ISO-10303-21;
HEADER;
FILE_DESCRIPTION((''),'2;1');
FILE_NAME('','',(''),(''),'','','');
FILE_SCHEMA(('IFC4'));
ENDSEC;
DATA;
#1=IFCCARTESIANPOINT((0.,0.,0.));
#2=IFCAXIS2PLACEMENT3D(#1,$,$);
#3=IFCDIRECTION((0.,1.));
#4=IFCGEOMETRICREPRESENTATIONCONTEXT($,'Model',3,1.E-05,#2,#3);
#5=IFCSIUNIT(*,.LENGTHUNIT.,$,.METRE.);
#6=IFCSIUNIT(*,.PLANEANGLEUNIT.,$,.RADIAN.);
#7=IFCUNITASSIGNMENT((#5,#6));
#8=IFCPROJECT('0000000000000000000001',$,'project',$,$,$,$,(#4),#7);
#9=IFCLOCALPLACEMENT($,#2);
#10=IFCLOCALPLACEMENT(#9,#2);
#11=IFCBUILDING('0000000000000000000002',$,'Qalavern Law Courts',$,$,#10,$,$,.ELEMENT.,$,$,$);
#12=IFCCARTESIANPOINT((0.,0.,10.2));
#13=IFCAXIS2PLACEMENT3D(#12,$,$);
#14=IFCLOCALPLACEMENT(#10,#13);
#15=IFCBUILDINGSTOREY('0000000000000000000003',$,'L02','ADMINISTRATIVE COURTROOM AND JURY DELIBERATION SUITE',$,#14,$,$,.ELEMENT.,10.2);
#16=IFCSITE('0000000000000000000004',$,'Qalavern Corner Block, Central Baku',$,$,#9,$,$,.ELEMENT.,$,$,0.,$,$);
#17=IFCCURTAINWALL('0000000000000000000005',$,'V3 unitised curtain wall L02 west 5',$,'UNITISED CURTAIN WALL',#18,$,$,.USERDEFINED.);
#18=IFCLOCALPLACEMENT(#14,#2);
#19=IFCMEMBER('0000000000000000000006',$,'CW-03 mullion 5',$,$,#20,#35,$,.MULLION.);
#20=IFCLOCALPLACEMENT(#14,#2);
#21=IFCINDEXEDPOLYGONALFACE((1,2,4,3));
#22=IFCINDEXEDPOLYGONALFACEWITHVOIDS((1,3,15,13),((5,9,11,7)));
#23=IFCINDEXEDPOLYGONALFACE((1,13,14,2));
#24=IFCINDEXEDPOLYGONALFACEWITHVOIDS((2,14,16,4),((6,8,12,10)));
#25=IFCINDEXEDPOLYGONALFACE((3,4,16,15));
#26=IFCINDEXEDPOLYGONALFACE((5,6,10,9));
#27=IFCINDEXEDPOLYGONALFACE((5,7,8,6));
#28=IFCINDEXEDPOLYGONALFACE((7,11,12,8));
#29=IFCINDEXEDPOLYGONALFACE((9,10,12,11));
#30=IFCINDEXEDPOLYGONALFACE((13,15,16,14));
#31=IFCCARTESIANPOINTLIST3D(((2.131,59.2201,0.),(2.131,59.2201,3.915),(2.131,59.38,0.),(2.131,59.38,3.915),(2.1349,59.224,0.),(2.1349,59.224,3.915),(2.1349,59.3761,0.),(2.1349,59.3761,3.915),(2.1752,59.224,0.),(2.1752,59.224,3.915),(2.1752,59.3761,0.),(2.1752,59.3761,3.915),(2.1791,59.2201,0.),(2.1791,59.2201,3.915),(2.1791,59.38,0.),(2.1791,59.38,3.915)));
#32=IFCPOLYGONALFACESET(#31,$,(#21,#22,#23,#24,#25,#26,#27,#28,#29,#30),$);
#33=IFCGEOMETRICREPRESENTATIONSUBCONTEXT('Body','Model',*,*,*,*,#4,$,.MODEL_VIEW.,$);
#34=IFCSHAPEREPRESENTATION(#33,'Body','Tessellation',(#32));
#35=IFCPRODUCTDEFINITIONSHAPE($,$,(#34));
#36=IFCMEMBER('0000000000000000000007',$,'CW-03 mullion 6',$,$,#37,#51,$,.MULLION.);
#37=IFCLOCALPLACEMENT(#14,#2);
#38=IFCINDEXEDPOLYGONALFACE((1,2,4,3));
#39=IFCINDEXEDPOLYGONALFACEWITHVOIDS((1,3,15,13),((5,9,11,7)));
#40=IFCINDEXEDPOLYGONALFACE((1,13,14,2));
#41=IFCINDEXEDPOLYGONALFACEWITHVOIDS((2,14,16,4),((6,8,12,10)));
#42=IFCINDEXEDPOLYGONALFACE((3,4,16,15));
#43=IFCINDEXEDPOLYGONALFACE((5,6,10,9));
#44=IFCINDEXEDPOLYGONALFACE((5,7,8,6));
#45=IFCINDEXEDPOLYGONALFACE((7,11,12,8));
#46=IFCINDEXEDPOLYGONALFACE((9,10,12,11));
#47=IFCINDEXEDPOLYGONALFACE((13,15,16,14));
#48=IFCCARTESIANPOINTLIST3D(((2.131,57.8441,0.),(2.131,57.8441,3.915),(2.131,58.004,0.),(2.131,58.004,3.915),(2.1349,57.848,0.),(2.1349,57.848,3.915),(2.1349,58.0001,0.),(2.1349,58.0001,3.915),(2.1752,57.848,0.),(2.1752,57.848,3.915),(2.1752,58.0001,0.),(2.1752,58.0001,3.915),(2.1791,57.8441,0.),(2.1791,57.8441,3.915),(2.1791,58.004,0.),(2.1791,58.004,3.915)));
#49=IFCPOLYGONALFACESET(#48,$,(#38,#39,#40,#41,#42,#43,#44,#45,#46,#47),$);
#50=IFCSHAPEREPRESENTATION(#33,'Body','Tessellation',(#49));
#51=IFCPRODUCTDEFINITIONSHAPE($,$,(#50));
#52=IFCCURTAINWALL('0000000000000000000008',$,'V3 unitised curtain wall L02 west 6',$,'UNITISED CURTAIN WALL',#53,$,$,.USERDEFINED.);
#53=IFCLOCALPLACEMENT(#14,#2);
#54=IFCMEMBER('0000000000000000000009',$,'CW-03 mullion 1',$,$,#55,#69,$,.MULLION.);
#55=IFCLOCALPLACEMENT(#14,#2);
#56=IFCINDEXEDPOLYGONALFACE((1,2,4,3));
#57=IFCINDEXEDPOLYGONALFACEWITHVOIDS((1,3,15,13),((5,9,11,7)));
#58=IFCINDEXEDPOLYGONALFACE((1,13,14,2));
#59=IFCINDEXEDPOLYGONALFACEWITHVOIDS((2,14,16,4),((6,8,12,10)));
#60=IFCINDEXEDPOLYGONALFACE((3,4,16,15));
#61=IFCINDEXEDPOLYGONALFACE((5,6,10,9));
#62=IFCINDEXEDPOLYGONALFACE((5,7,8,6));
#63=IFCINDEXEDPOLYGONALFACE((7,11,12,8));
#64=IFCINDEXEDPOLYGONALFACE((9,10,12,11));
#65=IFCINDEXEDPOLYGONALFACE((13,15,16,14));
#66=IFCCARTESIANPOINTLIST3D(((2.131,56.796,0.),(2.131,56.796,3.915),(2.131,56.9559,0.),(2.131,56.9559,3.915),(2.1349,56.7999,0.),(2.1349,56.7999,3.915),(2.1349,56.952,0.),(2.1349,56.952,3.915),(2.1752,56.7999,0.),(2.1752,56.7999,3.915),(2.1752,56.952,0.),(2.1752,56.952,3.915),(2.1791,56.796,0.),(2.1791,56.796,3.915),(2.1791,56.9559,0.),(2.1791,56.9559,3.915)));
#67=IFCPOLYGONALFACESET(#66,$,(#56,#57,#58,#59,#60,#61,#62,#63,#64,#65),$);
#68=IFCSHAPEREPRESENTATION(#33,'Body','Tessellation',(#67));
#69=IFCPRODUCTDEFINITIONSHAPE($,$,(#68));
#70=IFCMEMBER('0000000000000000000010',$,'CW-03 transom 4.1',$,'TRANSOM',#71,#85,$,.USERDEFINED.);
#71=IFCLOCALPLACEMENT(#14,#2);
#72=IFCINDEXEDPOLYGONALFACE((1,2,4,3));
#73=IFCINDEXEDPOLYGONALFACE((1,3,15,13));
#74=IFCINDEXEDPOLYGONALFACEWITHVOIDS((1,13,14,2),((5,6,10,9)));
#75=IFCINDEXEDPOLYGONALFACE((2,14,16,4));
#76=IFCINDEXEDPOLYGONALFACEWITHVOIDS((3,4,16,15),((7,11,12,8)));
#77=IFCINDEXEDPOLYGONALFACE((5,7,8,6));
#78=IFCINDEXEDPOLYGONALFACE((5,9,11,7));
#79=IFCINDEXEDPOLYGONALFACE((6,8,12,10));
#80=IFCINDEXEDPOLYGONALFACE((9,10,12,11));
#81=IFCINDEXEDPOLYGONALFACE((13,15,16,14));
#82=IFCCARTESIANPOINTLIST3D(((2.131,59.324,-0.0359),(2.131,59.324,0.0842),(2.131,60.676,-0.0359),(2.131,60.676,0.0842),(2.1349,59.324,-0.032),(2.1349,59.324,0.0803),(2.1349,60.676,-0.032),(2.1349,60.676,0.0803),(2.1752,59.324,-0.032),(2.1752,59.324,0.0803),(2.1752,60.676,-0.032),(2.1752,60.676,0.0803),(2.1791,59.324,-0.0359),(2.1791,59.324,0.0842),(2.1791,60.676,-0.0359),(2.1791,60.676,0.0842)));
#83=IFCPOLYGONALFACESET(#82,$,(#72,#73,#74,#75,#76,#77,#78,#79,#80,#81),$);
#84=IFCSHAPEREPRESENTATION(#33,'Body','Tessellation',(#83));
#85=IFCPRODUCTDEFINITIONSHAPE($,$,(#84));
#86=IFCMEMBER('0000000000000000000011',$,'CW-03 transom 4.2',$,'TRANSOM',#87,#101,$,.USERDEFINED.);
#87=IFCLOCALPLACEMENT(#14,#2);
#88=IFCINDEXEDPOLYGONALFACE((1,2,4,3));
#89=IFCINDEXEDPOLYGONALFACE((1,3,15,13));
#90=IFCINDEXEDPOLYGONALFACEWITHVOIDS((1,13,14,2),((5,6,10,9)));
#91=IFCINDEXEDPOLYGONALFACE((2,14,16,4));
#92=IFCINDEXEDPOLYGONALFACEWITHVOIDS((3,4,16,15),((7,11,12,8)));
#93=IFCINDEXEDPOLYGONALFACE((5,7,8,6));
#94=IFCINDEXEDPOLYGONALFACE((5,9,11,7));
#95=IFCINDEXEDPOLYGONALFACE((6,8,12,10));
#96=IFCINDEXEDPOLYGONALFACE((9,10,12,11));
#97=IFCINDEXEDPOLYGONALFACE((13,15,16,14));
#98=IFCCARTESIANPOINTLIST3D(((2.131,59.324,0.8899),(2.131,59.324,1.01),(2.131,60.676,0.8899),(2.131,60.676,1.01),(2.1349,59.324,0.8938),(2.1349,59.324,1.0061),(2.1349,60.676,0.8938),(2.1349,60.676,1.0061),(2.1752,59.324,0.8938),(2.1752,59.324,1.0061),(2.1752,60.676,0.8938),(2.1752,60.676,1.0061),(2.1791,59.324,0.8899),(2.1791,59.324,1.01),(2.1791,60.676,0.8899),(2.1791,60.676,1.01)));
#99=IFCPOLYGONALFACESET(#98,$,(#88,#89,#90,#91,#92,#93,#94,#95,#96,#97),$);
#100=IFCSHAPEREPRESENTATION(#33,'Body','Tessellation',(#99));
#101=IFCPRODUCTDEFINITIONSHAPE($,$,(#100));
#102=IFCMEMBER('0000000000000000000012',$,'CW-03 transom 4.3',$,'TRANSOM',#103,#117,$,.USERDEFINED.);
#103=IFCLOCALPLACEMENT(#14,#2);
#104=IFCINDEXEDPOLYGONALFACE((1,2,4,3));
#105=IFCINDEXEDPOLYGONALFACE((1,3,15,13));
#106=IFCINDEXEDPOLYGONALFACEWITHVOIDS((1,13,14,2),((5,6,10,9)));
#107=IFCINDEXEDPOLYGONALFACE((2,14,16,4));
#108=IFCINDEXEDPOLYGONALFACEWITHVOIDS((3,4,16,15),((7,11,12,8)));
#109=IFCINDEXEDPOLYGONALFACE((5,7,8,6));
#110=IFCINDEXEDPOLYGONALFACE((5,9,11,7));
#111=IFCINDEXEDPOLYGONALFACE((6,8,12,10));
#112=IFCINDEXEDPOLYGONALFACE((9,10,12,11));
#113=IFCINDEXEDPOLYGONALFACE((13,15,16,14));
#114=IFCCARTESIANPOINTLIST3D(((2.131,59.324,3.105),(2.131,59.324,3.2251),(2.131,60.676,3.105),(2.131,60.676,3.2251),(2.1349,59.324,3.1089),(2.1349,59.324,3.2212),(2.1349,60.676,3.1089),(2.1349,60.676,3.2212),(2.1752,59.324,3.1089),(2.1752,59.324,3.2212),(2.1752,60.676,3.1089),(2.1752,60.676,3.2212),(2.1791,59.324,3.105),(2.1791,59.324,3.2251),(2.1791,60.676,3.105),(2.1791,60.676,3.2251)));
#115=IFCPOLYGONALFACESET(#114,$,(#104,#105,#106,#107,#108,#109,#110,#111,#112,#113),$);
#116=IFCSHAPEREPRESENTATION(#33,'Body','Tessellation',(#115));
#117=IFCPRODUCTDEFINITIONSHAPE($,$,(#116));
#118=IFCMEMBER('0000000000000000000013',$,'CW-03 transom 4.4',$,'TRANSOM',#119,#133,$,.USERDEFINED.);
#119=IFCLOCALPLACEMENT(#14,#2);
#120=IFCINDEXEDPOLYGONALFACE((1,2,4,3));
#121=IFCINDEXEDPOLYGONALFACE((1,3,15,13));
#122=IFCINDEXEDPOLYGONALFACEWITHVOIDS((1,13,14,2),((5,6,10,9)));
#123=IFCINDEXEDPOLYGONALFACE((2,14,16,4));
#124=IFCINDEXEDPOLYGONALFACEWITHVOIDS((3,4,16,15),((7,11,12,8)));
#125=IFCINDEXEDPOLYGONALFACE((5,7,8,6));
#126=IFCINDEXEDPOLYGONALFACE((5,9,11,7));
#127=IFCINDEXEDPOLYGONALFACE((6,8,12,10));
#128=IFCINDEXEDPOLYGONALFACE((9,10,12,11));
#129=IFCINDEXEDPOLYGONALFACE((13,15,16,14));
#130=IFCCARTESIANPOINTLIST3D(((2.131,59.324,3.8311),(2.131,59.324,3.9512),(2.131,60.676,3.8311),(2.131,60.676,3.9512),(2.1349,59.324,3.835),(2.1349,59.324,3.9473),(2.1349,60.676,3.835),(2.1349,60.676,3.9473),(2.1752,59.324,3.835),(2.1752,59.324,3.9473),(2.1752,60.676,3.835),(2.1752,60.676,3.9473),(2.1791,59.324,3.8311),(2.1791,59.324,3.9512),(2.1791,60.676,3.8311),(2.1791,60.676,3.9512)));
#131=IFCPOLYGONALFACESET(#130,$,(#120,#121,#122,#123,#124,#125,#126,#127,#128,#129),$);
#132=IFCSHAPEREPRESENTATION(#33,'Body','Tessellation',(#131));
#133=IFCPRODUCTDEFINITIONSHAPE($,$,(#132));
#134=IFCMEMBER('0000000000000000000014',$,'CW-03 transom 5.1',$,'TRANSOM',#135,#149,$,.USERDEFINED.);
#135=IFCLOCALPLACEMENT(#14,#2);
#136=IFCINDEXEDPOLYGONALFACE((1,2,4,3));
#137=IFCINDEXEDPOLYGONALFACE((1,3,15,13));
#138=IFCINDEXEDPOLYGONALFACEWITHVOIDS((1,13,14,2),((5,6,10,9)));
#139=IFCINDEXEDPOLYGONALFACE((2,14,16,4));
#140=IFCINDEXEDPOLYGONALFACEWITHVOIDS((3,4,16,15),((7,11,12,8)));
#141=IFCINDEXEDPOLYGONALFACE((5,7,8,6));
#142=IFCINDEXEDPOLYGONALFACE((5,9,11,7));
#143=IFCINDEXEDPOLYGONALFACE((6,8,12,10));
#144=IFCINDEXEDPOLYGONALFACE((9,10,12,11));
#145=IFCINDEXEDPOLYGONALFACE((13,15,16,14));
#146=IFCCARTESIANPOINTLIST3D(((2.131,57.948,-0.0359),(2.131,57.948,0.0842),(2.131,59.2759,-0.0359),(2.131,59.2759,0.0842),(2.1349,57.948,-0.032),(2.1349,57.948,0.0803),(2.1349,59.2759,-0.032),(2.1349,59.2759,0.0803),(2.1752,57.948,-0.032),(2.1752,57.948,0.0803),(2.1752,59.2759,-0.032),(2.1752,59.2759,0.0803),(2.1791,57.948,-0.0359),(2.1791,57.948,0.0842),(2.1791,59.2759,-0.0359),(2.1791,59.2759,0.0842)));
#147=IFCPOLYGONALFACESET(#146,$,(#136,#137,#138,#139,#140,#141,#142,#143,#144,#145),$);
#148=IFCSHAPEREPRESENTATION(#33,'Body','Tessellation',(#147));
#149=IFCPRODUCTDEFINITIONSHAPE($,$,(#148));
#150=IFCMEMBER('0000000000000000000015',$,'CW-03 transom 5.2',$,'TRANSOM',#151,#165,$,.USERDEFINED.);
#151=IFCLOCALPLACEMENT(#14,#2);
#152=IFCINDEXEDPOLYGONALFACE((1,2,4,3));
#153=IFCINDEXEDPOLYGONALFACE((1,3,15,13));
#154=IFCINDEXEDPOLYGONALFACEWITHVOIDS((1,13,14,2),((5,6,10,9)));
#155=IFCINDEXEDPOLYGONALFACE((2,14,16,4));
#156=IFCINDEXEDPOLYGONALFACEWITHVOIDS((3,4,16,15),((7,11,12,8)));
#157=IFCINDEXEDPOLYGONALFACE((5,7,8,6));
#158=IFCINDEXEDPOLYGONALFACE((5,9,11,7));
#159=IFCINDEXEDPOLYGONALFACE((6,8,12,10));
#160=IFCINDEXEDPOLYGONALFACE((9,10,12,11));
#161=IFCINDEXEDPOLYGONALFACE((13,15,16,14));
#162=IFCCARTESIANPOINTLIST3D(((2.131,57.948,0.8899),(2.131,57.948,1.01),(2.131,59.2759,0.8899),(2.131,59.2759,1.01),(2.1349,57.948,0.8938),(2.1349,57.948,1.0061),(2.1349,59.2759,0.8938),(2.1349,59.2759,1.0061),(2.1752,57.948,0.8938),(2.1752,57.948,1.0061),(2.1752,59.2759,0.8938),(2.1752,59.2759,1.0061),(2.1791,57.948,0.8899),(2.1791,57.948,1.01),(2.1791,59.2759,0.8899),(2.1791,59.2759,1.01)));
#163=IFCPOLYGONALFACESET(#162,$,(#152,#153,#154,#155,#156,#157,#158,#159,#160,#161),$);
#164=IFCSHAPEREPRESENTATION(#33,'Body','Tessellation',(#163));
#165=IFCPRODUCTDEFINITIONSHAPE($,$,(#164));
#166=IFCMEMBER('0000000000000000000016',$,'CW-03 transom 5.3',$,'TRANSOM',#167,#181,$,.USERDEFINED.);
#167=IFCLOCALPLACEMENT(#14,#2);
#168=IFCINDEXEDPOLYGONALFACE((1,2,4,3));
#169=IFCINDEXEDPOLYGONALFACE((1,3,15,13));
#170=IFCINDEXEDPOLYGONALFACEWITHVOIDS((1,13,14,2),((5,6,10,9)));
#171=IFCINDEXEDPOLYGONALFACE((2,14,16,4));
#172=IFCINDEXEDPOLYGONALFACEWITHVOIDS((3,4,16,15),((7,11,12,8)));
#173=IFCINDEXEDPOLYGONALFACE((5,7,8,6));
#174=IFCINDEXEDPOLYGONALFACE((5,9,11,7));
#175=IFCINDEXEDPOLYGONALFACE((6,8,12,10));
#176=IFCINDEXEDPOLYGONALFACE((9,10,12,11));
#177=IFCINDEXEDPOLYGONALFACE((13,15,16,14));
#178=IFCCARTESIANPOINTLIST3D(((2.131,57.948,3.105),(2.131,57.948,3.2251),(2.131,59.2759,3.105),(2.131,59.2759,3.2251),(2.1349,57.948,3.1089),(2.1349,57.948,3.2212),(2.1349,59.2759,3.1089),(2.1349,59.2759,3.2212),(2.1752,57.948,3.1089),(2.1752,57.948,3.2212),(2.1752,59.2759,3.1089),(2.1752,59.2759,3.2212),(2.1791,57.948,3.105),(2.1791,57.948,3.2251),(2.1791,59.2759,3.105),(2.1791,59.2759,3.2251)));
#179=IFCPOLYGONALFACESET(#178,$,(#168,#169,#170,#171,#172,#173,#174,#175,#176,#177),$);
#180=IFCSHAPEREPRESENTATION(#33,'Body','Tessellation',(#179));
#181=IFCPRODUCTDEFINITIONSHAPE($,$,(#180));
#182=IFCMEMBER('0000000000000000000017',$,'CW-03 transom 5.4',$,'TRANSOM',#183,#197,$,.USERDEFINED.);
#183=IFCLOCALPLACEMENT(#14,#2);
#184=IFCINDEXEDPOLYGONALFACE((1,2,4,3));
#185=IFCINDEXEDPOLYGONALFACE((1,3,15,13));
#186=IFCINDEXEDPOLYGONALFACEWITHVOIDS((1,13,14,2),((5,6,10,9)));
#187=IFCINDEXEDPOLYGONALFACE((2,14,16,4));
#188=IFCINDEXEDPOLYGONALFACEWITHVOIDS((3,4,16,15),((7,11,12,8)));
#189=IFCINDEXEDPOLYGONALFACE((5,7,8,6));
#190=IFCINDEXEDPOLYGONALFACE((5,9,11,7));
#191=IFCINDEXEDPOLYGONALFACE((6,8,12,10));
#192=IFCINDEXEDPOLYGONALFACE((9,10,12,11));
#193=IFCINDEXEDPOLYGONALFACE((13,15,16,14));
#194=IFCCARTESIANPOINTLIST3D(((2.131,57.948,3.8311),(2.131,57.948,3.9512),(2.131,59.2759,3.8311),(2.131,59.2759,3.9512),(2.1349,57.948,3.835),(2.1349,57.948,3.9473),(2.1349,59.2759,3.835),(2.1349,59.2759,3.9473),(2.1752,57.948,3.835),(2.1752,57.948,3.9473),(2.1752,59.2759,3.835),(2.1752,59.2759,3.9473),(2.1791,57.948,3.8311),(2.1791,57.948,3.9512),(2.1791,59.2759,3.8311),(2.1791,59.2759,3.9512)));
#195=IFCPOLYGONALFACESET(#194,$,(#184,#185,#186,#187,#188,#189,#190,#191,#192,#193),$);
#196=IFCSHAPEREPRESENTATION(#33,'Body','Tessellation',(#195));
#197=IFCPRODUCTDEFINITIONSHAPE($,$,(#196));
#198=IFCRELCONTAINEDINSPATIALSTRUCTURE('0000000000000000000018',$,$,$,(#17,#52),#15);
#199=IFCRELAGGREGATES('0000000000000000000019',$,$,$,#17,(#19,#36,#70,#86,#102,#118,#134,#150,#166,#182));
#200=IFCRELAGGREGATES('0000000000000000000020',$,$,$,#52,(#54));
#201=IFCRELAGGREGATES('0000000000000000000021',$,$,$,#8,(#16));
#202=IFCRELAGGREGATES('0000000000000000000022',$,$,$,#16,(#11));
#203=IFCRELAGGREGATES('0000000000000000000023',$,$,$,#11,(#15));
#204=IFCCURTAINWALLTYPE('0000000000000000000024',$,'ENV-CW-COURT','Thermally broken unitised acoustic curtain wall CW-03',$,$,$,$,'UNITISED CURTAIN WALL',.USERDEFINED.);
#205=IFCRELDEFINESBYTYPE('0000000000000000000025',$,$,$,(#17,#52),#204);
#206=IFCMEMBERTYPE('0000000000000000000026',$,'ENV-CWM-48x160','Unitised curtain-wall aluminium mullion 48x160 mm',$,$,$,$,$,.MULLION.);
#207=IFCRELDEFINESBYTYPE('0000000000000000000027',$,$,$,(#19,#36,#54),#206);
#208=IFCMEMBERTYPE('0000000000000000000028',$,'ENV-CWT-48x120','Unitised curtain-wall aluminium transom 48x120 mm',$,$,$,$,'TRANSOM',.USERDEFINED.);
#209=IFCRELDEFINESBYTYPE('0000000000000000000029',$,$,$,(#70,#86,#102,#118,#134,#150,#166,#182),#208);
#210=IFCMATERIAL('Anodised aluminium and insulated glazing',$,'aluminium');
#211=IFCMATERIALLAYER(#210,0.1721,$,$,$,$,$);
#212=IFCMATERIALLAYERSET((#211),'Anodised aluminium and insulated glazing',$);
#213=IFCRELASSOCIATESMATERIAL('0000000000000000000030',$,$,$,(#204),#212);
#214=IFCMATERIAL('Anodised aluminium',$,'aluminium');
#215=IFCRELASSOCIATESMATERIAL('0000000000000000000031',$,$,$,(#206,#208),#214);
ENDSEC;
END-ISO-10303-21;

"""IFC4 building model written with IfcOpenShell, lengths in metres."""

from ifc_helpers import new_model, si_unit, direction, frame, origin, origin_2d, place, context, subcontext, project, spatial, hollow_rectangle, extrude, material, layer, layer_set, material_profile, profile_set, type_object, element, aggregate, save


model = new_model("IFC4")

# Units and contexts
model_context = context("Model", 3, precision=1e-05, world=origin(), true_north=direction((0.0, 1.0)))
body_context = subcontext(model_context, "Body", "Model", "MODEL_VIEW")
ifc_project = project(units=[si_unit("LENGTHUNIT", "METRE"), si_unit("PLANEANGLEUNIT", "RADIAN")], contexts=[model_context])

# Site, building, storey
site_placement = place(None, origin())
site = spatial("IfcSite", under=ifc_project, at=site_placement, Name="Qalavern Corner Block, Central Baku", CompositionType="ELEMENT", RefElevation=0.0)
building_placement = place(site_placement, origin())
building = spatial("IfcBuilding", under=site, at=building_placement, Name="Qalavern Law Courts", CompositionType="ELEMENT")
storey_placement = place(building_placement, frame((0.0, 0.0, 10.2)))
storey = spatial("IfcBuildingStorey", under=building, at=storey_placement, Name="L02", Description="ADMINISTRATIVE COURTROOM AND JURY DELIBERATION SUITE", CompositionType="ELEMENT", Elevation=10.2)

# Curtain wall, members
ifc_material_1 = material(Name="Anodised aluminium and insulated glazing", Category="aluminium")
ifc_layer_1 = layer(ifc_material_1, 0.1721)
ifc_layer_set_1 = layer_set([ifc_layer_1], Name="Anodised aluminium and insulated glazing")
curtain_wall_type = type_object("IfcCurtainWallType", Name="ENV-CW-COURT", Description="Thermally broken unitised acoustic curtain wall CW-03", ElementType="UNITISED CURTAIN WALL", PredefinedType="USERDEFINED", material=ifc_layer_set_1)
curtain_wall_1_placement = place(storey_placement, origin())
curtain_wall_1 = element("IfcCurtainWall", 1, at=curtain_wall_1_placement, inside=storey, type_object=curtain_wall_type, Name="V3 unitised curtain wall L02 west 5", ObjectType="UNITISED CURTAIN WALL", PredefinedType="USERDEFINED")
ifc_material_2 = material(Name="Anodised aluminium", Category="aluminium")
ifc_material_profile_1 = material_profile(ifc_material_2, hollow_rectangle(XDim=0.0481, YDim=0.1599, WallThickness=0.0039, at=origin_2d()), Name="ALU MULLION 48x160")
ifc_profile_set_1 = profile_set([ifc_material_profile_1], Name="Anodised aluminium")
member_type_1 = type_object("IfcMemberType", Name="ENV-CWM-48x160", Description="Unitised curtain-wall aluminium mullion 48x160 mm", PredefinedType="MULLION", material=ifc_profile_set_1)
member_1_placement = place(storey_placement, frame((2.155, 59.3, 0.0), z_axis=(0.0, 0.0, 1.0), x_axis=(1.0, 0.0, 0.0)))
member_1 = element("IfcMember", 2, at=member_1_placement, type_object=member_type_1, Name="CW-03 mullion 5", PredefinedType="MULLION", context=body_context, shape_type="SweptSolid", body=[
    extrude(hollow_rectangle(XDim=0.0481, YDim=0.1599, WallThickness=0.0039, at=origin_2d()), origin(), (0.0, 0.0, 1.0), 3.915),
])
member_2_placement = place(storey_placement, frame((2.155, 57.9241, 0.0), z_axis=(0.0, 0.0, 1.0), x_axis=(1.0, 0.0, 0.0)))
member_2 = element("IfcMember", 3, at=member_2_placement, type_object=member_type_1, Name="CW-03 mullion 6", PredefinedType="MULLION", context=body_context, shape_type="SweptSolid", body=[
    extrude(hollow_rectangle(XDim=0.0481, YDim=0.1599, WallThickness=0.0039, at=origin_2d()), origin(), (0.0, 0.0, 1.0), 3.915),
])

# Curtain wall, member
curtain_wall_2_placement = place(storey_placement, origin())
curtain_wall_2 = element("IfcCurtainWall", 4, at=curtain_wall_2_placement, inside=storey, type_object=curtain_wall_type, Name="V3 unitised curtain wall L02 west 6", ObjectType="UNITISED CURTAIN WALL", PredefinedType="USERDEFINED")
member_3_placement = place(storey_placement, frame((2.155, 56.876, 0.0), z_axis=(0.0, 0.0, 1.0), x_axis=(1.0, 0.0, 0.0)))
member_3 = element("IfcMember", 5, at=member_3_placement, type_object=member_type_1, Name="CW-03 mullion 1", PredefinedType="MULLION", context=body_context, shape_type="SweptSolid", body=[
    extrude(hollow_rectangle(XDim=0.0481, YDim=0.1599, WallThickness=0.0039, at=origin_2d()), origin(), (0.0, 0.0, 1.0), 3.915),
])

# Members
ifc_material_profile_2 = material_profile(ifc_material_2, hollow_rectangle(XDim=0.0481, YDim=0.1201, WallThickness=0.0039, at=origin_2d()), Name="ALU TRANSOM 48x120")
ifc_profile_set_2 = profile_set([ifc_material_profile_2], Name="Anodised aluminium")
member_type_2 = type_object("IfcMemberType", Name="ENV-CWT-48x120", Description="Unitised curtain-wall aluminium transom 48x120 mm", ElementType="TRANSOM", PredefinedType="USERDEFINED", material=ifc_profile_set_2)
member_4_placement = place(storey_placement, frame((2.155, 60.676, 0.0242), z_axis=(0.0, -1.0, 0.0), x_axis=(1.0, 0.0, 0.0)))
member_4 = element("IfcMember", 6, at=member_4_placement, type_object=member_type_2, Name="CW-03 transom 4.1", ObjectType="TRANSOM", PredefinedType="USERDEFINED", context=body_context, shape_type="SweptSolid", body=[
    extrude(hollow_rectangle(XDim=0.0481, YDim=0.1201, WallThickness=0.0039, at=origin_2d()), origin(), (0.0, 0.0, 1.0), 1.3521),
])
member_5_placement = place(storey_placement, frame((2.155, 60.676, 0.95), z_axis=(0.0, -1.0, 0.0), x_axis=(1.0, 0.0, 0.0)))
member_5 = element("IfcMember", 7, at=member_5_placement, type_object=member_type_2, Name="CW-03 transom 4.2", ObjectType="TRANSOM", PredefinedType="USERDEFINED", context=body_context, shape_type="SweptSolid", body=[
    extrude(hollow_rectangle(XDim=0.0481, YDim=0.1201, WallThickness=0.0039, at=origin_2d()), origin(), (0.0, 0.0, 1.0), 1.3521),
])
member_6_placement = place(storey_placement, frame((2.155, 60.676, 3.165), z_axis=(0.0, -1.0, 0.0), x_axis=(1.0, 0.0, 0.0)))
member_6 = element("IfcMember", 8, at=member_6_placement, type_object=member_type_2, Name="CW-03 transom 4.3", ObjectType="TRANSOM", PredefinedType="USERDEFINED", context=body_context, shape_type="SweptSolid", body=[
    extrude(hollow_rectangle(XDim=0.0481, YDim=0.1201, WallThickness=0.0039, at=origin_2d()), origin(), (0.0, 0.0, 1.0), 1.3521),
])
member_7_placement = place(storey_placement, frame((2.155, 60.676, 3.8911), z_axis=(0.0, -1.0, 0.0), x_axis=(1.0, 0.0, 0.0)))
member_7 = element("IfcMember", 9, at=member_7_placement, type_object=member_type_2, Name="CW-03 transom 4.4", ObjectType="TRANSOM", PredefinedType="USERDEFINED", context=body_context, shape_type="SweptSolid", body=[
    extrude(hollow_rectangle(XDim=0.0481, YDim=0.1201, WallThickness=0.0039, at=origin_2d()), origin(), (0.0, 0.0, 1.0), 1.3521),
])
member_8_placement = place(storey_placement, frame((2.155, 59.2759, 0.0242), z_axis=(0.0, -1.0, 0.0), x_axis=(1.0, 0.0, 0.0)))
member_8 = element("IfcMember", 10, at=member_8_placement, type_object=member_type_2, Name="CW-03 transom 5.1", ObjectType="TRANSOM", PredefinedType="USERDEFINED", context=body_context, shape_type="SweptSolid", body=[
    extrude(hollow_rectangle(XDim=0.0481, YDim=0.1201, WallThickness=0.0039, at=origin_2d()), origin(), (0.0, 0.0, 1.0), 1.3279),
])
member_9_placement = place(storey_placement, frame((2.155, 59.2759, 0.95), z_axis=(0.0, -1.0, 0.0), x_axis=(1.0, 0.0, 0.0)))
member_9 = element("IfcMember", 11, at=member_9_placement, type_object=member_type_2, Name="CW-03 transom 5.2", ObjectType="TRANSOM", PredefinedType="USERDEFINED", context=body_context, shape_type="SweptSolid", body=[
    extrude(hollow_rectangle(XDim=0.0481, YDim=0.1201, WallThickness=0.0039, at=origin_2d()), origin(), (0.0, 0.0, 1.0), 1.3279),
])
member_10_placement = place(storey_placement, frame((2.155, 59.2759, 3.165), z_axis=(0.0, -1.0, 0.0), x_axis=(1.0, 0.0, 0.0)))
member_10 = element("IfcMember", 12, at=member_10_placement, type_object=member_type_2, Name="CW-03 transom 5.3", ObjectType="TRANSOM", PredefinedType="USERDEFINED", context=body_context, shape_type="SweptSolid", body=[
    extrude(hollow_rectangle(XDim=0.0481, YDim=0.1201, WallThickness=0.0039, at=origin_2d()), origin(), (0.0, 0.0, 1.0), 1.3279),
])
member_11_placement = place(storey_placement, frame((2.155, 59.2759, 3.8911), z_axis=(0.0, -1.0, 0.0), x_axis=(1.0, 0.0, 0.0)))
member_11 = element("IfcMember", 13, at=member_11_placement, type_object=member_type_2, Name="CW-03 transom 5.4", ObjectType="TRANSOM", PredefinedType="USERDEFINED", context=body_context, shape_type="SweptSolid", body=[
    extrude(hollow_rectangle(XDim=0.0481, YDim=0.1201, WallThickness=0.0039, at=origin_2d()), origin(), (0.0, 0.0, 1.0), 1.3279),
])

aggregate(curtain_wall_1, [member_1, member_2, member_4, member_5, member_6, member_7, member_8, member_9, member_10, member_11])
aggregate(curtain_wall_2, [member_3])

save(model, "model.ifc")
